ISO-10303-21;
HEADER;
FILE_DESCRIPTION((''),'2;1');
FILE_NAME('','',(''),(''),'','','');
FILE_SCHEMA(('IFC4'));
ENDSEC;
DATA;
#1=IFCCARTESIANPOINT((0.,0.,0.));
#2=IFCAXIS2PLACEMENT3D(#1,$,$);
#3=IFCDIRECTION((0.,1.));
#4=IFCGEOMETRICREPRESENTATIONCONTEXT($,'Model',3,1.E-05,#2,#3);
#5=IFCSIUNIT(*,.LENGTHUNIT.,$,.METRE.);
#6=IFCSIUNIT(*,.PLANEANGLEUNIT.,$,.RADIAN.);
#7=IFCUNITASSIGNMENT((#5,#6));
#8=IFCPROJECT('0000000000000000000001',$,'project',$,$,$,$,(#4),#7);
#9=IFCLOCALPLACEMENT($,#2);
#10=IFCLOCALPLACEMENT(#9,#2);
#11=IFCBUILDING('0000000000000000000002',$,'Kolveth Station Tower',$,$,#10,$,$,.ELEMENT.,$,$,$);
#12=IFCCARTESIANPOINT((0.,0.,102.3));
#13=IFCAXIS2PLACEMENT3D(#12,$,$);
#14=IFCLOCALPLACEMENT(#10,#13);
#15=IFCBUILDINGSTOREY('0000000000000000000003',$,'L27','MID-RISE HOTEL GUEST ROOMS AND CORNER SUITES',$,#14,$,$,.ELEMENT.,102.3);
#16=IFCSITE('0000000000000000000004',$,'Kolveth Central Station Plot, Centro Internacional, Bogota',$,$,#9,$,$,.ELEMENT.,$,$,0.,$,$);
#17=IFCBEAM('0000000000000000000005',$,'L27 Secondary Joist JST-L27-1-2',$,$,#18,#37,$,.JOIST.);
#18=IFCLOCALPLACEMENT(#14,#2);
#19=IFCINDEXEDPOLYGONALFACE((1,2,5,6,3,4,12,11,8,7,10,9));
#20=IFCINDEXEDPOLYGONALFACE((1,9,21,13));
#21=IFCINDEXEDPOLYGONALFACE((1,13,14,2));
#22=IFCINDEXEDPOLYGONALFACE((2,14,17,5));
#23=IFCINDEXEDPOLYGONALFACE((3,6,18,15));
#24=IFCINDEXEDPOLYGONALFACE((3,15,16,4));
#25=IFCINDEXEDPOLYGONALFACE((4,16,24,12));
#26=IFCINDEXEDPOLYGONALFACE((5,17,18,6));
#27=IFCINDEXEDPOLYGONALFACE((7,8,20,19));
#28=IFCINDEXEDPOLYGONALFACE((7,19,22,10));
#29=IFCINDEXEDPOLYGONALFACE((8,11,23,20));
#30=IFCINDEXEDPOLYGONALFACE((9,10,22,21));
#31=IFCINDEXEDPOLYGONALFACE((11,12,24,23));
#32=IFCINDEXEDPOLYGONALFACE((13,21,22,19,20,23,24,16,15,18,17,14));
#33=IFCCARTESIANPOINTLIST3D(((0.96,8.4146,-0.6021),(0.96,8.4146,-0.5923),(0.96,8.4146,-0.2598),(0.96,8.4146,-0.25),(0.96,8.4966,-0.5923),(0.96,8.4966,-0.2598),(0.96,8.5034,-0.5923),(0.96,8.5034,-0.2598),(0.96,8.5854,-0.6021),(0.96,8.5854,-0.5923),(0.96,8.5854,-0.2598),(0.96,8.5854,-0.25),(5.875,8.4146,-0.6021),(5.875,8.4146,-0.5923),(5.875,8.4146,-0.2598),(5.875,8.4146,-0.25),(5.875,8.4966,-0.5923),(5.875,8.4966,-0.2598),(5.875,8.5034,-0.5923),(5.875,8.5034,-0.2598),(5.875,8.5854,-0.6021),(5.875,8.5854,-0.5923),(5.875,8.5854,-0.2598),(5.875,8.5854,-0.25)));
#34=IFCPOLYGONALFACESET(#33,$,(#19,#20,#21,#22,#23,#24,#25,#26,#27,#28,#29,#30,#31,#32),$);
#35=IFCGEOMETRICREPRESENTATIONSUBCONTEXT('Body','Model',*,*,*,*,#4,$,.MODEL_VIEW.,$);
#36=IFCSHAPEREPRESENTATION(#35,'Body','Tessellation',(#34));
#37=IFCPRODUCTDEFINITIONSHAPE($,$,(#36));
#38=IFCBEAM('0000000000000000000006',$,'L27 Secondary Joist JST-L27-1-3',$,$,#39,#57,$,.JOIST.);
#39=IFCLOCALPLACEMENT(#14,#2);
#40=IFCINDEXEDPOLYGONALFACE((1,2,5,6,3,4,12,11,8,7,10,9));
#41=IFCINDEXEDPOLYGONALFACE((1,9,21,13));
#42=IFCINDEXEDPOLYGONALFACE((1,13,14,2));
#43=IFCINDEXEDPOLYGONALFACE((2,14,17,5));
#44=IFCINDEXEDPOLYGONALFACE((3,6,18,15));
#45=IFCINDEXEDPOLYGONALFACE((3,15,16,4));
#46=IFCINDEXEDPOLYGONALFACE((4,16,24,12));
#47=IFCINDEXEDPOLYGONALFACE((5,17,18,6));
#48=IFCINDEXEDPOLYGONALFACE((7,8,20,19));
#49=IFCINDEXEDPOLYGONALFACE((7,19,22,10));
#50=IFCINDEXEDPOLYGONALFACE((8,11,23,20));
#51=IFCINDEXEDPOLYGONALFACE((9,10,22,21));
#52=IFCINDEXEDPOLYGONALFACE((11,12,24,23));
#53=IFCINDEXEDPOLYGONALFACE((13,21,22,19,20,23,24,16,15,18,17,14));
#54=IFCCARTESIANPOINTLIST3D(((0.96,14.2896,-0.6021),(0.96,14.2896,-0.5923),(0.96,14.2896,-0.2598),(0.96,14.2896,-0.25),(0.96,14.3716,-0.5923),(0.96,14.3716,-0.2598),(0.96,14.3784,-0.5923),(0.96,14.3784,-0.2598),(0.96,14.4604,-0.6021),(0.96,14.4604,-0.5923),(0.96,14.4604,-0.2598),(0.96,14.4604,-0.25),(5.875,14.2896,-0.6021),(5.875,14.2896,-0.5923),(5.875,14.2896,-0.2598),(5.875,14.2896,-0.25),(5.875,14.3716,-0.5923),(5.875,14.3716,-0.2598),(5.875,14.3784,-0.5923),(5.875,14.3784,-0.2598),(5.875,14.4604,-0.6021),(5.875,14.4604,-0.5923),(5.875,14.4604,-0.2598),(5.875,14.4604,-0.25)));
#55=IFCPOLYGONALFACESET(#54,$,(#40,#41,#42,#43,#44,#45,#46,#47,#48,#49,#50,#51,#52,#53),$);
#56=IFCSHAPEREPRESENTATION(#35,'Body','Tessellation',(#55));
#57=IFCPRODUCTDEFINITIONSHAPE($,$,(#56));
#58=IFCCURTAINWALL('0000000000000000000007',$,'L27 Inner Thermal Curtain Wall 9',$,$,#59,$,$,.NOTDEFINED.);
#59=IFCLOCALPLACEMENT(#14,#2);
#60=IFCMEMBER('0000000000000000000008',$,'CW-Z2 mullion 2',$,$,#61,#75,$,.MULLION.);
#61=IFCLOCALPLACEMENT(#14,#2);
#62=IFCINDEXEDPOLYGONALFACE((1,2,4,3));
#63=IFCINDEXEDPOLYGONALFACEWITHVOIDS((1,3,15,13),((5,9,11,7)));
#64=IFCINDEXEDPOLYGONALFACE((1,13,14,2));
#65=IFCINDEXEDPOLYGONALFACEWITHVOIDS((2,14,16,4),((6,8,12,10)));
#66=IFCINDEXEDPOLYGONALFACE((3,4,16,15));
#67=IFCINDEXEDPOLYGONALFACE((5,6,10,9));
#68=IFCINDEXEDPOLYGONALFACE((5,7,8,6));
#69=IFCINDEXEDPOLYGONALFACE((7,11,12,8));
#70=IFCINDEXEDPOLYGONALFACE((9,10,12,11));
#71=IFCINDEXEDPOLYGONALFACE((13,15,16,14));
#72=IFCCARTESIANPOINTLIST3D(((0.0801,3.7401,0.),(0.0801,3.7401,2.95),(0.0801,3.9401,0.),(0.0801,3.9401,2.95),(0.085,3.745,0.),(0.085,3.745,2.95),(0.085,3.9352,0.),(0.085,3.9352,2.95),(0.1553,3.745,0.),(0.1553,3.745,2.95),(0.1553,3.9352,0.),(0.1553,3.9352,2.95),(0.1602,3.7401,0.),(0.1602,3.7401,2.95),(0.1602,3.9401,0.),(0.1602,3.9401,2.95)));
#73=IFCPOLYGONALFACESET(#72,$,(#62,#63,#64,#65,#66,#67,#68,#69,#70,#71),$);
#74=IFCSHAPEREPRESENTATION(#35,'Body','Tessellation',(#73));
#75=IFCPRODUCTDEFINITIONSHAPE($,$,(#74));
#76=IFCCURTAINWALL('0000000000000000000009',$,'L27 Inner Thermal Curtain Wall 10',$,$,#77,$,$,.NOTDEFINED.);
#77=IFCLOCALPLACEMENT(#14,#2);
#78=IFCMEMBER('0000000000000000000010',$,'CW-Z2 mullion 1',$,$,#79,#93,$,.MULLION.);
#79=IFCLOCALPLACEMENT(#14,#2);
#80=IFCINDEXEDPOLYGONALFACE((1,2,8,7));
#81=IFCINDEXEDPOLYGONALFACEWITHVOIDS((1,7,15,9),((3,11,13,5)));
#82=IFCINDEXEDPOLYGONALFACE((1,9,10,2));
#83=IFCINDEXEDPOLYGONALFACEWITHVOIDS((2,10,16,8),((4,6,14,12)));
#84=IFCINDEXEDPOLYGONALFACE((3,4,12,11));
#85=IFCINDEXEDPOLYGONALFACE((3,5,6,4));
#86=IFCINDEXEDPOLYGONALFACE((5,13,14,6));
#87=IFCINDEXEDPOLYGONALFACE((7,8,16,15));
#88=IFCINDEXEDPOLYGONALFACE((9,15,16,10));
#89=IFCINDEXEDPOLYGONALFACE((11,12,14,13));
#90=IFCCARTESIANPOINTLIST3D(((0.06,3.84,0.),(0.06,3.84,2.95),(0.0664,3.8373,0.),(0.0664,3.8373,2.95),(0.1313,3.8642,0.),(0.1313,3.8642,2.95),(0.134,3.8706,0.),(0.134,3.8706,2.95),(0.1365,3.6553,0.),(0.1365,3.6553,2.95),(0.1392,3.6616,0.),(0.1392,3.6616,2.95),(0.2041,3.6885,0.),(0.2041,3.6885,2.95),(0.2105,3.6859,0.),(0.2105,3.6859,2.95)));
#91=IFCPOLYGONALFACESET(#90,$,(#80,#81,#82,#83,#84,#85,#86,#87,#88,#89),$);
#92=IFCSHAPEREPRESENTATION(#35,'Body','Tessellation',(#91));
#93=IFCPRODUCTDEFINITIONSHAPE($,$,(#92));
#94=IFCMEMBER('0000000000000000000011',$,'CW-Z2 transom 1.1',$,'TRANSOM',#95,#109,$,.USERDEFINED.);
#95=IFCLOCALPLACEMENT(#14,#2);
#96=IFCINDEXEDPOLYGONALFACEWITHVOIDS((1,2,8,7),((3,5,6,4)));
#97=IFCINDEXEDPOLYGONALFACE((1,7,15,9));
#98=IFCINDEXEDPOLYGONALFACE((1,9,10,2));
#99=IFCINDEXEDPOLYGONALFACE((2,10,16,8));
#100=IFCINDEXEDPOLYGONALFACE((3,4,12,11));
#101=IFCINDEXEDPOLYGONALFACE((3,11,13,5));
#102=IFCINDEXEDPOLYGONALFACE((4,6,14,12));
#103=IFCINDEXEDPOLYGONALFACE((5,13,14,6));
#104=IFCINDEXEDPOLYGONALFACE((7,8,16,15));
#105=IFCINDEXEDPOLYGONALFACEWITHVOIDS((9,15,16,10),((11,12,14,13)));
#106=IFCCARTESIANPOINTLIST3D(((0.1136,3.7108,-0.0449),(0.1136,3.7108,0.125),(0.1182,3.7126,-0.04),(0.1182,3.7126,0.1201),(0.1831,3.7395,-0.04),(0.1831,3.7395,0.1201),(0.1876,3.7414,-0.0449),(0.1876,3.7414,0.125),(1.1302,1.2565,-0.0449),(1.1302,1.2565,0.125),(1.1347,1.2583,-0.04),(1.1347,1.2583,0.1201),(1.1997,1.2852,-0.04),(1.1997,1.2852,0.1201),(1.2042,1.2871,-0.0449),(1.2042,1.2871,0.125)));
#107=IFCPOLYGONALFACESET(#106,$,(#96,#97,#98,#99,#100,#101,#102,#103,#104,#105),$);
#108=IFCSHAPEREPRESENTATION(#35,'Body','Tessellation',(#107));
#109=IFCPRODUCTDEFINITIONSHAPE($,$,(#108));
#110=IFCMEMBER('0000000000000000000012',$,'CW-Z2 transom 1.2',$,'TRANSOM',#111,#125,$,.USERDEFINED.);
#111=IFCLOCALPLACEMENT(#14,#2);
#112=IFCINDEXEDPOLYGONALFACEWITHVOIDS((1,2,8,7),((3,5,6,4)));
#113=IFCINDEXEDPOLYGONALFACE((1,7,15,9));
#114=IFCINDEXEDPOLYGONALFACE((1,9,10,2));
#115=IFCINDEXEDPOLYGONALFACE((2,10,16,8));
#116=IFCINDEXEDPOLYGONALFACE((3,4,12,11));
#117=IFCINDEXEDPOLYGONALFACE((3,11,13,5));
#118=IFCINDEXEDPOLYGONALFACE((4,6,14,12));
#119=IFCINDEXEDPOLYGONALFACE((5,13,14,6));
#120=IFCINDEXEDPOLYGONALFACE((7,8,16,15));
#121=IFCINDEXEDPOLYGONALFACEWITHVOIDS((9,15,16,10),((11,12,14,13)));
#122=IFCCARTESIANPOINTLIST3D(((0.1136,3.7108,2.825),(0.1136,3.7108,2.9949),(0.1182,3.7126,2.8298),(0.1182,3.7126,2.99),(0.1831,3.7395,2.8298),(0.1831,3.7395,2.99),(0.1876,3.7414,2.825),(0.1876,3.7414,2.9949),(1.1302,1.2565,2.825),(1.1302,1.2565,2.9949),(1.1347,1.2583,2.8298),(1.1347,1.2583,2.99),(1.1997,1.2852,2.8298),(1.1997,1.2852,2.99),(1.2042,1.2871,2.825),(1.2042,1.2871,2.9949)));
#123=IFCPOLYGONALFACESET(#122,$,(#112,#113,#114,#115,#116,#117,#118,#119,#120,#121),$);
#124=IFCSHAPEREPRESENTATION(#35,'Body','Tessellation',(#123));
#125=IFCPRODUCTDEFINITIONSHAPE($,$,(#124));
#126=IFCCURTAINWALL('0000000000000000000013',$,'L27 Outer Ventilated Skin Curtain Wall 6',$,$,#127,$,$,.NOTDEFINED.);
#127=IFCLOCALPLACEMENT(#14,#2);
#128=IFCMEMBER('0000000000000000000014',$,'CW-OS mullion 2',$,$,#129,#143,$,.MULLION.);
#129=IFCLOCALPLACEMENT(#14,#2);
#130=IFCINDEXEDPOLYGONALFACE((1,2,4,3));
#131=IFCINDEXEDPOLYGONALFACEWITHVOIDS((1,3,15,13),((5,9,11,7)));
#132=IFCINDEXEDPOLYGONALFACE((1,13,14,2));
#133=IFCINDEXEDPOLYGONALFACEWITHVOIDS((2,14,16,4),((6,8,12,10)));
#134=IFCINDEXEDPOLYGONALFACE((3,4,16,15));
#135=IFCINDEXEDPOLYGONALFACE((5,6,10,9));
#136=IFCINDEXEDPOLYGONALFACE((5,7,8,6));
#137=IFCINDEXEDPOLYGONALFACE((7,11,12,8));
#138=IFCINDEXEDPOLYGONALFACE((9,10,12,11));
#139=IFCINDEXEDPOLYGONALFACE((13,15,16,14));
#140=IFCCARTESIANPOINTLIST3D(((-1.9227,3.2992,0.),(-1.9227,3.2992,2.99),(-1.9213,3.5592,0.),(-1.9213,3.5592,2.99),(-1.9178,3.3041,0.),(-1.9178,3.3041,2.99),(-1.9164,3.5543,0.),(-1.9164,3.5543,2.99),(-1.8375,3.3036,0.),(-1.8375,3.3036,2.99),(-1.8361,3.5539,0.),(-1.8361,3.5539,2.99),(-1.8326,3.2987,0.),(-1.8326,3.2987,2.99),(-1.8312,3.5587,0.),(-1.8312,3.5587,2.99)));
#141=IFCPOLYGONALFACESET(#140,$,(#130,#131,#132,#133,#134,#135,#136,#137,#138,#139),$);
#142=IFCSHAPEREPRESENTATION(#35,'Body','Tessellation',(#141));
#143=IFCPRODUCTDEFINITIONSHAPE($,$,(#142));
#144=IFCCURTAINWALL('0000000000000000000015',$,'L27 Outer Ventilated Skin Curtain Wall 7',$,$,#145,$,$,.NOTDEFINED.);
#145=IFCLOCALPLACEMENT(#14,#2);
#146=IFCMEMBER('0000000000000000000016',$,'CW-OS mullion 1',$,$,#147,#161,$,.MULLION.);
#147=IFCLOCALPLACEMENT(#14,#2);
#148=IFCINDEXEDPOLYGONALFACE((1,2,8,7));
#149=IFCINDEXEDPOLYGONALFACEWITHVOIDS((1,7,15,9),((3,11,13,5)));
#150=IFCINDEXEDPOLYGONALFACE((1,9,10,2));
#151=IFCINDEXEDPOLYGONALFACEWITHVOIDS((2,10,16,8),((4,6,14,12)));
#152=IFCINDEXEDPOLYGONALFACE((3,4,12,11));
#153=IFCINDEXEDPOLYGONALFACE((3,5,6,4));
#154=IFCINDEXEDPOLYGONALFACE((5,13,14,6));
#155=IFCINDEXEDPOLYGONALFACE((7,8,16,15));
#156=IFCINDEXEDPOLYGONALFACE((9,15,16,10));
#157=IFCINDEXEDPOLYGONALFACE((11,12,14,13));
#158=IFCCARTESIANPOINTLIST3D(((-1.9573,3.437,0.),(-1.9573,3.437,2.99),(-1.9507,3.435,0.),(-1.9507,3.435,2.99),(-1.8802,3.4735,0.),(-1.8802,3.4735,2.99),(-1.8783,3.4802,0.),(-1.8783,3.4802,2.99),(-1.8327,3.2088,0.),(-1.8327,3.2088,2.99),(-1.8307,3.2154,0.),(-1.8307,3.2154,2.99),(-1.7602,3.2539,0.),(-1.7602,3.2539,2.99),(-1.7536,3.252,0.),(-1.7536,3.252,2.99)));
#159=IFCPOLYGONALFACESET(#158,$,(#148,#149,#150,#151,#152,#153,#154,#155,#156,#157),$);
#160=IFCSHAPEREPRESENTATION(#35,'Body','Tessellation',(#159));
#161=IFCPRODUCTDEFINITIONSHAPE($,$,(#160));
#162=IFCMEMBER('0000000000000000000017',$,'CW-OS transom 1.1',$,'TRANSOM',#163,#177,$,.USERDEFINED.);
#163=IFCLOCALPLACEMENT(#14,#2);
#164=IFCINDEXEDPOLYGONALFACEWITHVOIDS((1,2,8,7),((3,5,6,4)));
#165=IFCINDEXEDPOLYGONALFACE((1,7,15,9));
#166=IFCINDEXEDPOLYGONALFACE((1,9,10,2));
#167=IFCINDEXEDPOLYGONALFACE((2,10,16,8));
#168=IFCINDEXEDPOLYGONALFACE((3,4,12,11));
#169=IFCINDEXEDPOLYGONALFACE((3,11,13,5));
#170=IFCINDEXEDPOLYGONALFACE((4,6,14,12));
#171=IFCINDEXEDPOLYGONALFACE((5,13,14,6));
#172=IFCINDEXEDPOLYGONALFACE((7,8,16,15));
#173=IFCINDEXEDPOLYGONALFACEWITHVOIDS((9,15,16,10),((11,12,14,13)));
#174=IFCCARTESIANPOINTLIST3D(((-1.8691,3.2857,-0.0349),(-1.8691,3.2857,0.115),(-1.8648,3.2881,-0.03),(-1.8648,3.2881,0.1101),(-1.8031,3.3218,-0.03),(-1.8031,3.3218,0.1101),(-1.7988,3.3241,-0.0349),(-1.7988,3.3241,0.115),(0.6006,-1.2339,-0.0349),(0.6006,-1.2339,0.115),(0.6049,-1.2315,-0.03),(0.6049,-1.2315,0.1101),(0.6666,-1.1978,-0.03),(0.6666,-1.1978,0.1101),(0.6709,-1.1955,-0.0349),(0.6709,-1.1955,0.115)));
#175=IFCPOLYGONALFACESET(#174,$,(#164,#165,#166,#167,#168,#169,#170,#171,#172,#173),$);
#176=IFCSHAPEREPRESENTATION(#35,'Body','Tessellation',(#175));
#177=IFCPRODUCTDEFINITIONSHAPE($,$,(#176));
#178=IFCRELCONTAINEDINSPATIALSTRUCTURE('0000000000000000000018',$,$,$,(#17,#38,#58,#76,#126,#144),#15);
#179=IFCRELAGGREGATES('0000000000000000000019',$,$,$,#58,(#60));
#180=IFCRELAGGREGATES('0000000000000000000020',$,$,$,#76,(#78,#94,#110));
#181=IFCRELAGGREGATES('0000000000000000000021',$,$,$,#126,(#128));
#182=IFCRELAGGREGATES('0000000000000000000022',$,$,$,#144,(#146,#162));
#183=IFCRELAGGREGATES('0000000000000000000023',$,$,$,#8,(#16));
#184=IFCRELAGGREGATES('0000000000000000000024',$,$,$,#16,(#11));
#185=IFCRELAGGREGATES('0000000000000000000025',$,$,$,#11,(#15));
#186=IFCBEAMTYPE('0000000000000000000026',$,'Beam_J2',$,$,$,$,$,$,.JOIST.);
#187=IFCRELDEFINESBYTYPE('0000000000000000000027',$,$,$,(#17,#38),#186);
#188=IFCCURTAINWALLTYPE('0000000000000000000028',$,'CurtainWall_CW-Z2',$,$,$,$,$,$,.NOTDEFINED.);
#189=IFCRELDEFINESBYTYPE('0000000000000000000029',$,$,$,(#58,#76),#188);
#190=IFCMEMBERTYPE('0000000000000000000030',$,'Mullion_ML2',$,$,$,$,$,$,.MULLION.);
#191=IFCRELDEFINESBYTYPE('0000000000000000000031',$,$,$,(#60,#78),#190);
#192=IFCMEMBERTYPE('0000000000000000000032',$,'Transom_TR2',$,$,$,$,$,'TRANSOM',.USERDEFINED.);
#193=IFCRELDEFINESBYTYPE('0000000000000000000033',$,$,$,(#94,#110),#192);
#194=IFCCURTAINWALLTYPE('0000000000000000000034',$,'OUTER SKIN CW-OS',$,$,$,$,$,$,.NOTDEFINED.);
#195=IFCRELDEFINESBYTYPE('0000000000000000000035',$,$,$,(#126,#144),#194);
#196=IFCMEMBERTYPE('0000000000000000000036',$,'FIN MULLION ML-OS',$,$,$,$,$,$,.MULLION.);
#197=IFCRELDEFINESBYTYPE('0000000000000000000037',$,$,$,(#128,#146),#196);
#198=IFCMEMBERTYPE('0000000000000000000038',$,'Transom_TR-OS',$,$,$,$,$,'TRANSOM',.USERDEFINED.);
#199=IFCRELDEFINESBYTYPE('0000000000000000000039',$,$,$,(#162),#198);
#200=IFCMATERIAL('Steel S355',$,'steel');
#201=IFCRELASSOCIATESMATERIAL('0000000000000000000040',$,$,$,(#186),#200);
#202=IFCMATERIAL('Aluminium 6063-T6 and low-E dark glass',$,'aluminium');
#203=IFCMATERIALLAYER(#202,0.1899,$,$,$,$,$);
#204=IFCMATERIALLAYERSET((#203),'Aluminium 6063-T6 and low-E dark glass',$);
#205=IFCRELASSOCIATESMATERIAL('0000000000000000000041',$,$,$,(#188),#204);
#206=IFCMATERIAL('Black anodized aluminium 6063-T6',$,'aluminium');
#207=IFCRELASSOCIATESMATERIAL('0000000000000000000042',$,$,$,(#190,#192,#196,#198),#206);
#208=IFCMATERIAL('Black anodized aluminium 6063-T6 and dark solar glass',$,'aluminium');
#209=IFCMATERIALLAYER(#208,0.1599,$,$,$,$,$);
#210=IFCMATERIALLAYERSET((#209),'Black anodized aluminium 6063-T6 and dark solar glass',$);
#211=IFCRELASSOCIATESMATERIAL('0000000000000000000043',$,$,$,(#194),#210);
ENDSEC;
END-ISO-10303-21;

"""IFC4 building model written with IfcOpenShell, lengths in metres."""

from ifc_helpers import new_model, si_unit, direction, frame, origin, origin_2d, place, context, subcontext, project, spatial, hollow_rectangle, i_section, extrude, source, transform, mapped, material, layer, layer_set, material_profile, profile_set, type_object, element, aggregate, save


model = new_model("IFC4")

# Units and contexts
model_context = context("Model", 3, precision=1e-05, world=origin(), true_north=direction((0.0, 1.0)))
body_context = subcontext(model_context, "Body", "Model", "MODEL_VIEW")
ifc_project = project(units=[si_unit("LENGTHUNIT", "METRE"), si_unit("PLANEANGLEUNIT", "RADIAN")], contexts=[model_context])

# Site, building, storey
site_placement = place(None, origin())
site = spatial("IfcSite", under=ifc_project, at=site_placement, Name="Kolveth Central Station Plot, Centro Internacional, Bogota", CompositionType="ELEMENT", RefElevation=0.0)
building_placement = place(site_placement, origin())
building = spatial("IfcBuilding", under=site, at=building_placement, Name="Kolveth Station Tower", CompositionType="ELEMENT")
storey_placement = place(building_placement, frame((0.0, 0.0, 102.3)))
storey = spatial("IfcBuildingStorey", under=building, at=storey_placement, Name="L27", Description="MID-RISE HOTEL GUEST ROOMS AND CORNER SUITES", CompositionType="ELEMENT", Elevation=102.3)

# Beams
ifc_material_1 = material(Name="Steel S355", Category="steel")
ifc_material_profile_1 = material_profile(ifc_material_1, i_section(OverallWidth=0.1709, OverallDepth=0.3521, WebThickness=0.0068, FlangeThickness=0.0098, at=origin_2d()), Name="W360x44")
ifc_profile_set_1 = profile_set([ifc_material_profile_1], Name="Steel S355")
beam_type_1 = type_object("IfcBeamType", Name="Beam_J2", PredefinedType="JOIST", material=ifc_profile_set_1)
shared_shape_1 = source(origin(), body_context, "Body", "SweptSolid", [
    extrude(i_section(OverallWidth=0.1709, OverallDepth=0.3521, WebThickness=0.0068, FlangeThickness=0.0098, at=origin_2d()), origin(), (0.0, 0.0, 1.0), 4.915),
])
for number, where, z_axis, x_axis, name in (
    (1, (0.96, 8.5, -0.426), (1.0, 0.0, 0.0), (0.0, 1.0, 0.0), "L27 Secondary Joist JST-L27-1-2"),
    (2, (0.96, 14.375, -0.426), (1.0, 0.0, 0.0), (0.0, 1.0, 0.0), "L27 Secondary Joist JST-L27-1-3"),
):
    element("IfcBeam", number, at=place(storey_placement, frame(where, z_axis=z_axis, x_axis=x_axis)), inside=storey, type_object=beam_type_1, Name=name, PredefinedType="JOIST", context=body_context, shape_type="MappedRepresentation", body=[
        mapped(shared_shape_1, transform((0.0, 0.0, 0.0), x_axis=(1.0, 0.0, 0.0), y_axis=(0.0, 1.0, 0.0), z_axis=(0.0, 0.0, 1.0), scale=1.0)),
    ])

# Curtain wall, member
ifc_material_2 = material(Name="Aluminium 6063-T6 and low-E dark glass", Category="aluminium")
ifc_layer_1 = layer(ifc_material_2, 0.1899)
ifc_layer_set_1 = layer_set([ifc_layer_1], Name="Aluminium 6063-T6 and low-E dark glass")
curtain_wall_type_1 = type_object("IfcCurtainWallType", Name="CurtainWall_CW-Z2", PredefinedType="NOTDEFINED", material=ifc_layer_set_1)
curtain_wall_1_placement = place(storey_placement, origin())
curtain_wall_1 = element("IfcCurtainWall", 3, at=curtain_wall_1_placement, inside=storey, type_object=curtain_wall_type_1, Name="L27 Inner Thermal Curtain Wall 9", PredefinedType="NOTDEFINED")
ifc_material_3 = material(Name="Black anodized aluminium 6063-T6", Category="aluminium")
ifc_material_profile_2 = material_profile(ifc_material_3, hollow_rectangle(XDim=0.0801, YDim=0.2, WallThickness=0.0049, at=origin_2d()), Name="ALU-80x200x5")
ifc_profile_set_2 = profile_set([ifc_material_profile_2], Name="Black anodized aluminium 6063-T6")
member_type_1 = type_object("IfcMemberType", Name="Mullion_ML2", PredefinedType="MULLION", material=ifc_profile_set_2)
shared_shape_2 = source(origin(), body_context, "Body", "SweptSolid", [
    extrude(hollow_rectangle(XDim=0.0801, YDim=0.2, WallThickness=0.0049, at=origin_2d()), origin(), (0.0, 0.0, 1.0), 2.95),
])
member_1_placement = place(storey_placement, frame((0.1201, 3.8401, 0.0), z_axis=(0.0, 0.0, 1.0), x_axis=(1.0, 0.0, 0.0)))
member_1 = element("IfcMember", 4, at=member_1_placement, type_object=member_type_1, Name="CW-Z2 mullion 2", PredefinedType="MULLION", context=body_context, shape_type="MappedRepresentation", body=[
    mapped(shared_shape_2, transform((0.0, 0.0, 0.0), x_axis=(1.0, 0.0, 0.0), y_axis=(0.0, 1.0, 0.0), z_axis=(0.0, 0.0, 1.0), scale=1.0)),
])
aggregate(curtain_wall_1, [member_1])

# Curtain wall, members
curtain_wall_2_placement = place(storey_placement, origin())
curtain_wall_2 = element("IfcCurtainWall", 5, at=curtain_wall_2_placement, inside=storey, type_object=curtain_wall_type_1, Name="L27 Inner Thermal Curtain Wall 10", PredefinedType="NOTDEFINED")
member_2_placement = place(storey_placement, frame((0.1353, 3.7629, 0.0), z_axis=(0.0, 0.0, 1.0), x_axis=(0.923888, 0.382663, 0.0)))
member_2 = element("IfcMember", 6, at=member_2_placement, type_object=member_type_1, Name="CW-Z2 mullion 1", PredefinedType="MULLION", context=body_context, shape_type="MappedRepresentation", body=[
    mapped(shared_shape_2, transform((0.0, 0.0, 0.0), x_axis=(1.0, 0.0, 0.0), y_axis=(0.0, 1.0, 0.0), z_axis=(0.0, 0.0, 1.0), scale=1.0)),
])
ifc_material_profile_3 = material_profile(ifc_material_3, hollow_rectangle(XDim=0.0801, YDim=0.1699, WallThickness=0.0049, at=origin_2d()), Name="ALU-80x170x5")
ifc_profile_set_3 = profile_set([ifc_material_profile_3], Name="Black anodized aluminium 6063-T6")
member_type_2 = type_object("IfcMemberType", Name="Transom_TR2", ElementType="TRANSOM", PredefinedType="USERDEFINED", material=ifc_profile_set_3)
shared_shape_3 = source(origin(), body_context, "Body", "SweptSolid", [
    extrude(hollow_rectangle(XDim=0.0801, YDim=0.1699, WallThickness=0.0049, at=origin_2d()), origin(), (0.0, 0.0, 1.0), 2.6565),
])
member_3_placement = place(storey_placement, frame((0.1506, 3.7261, 0.04), z_axis=(0.382676, -0.923882, 0.0), x_axis=(0.923882, 0.382676, 0.0)))
member_3 = element("IfcMember", 7, at=member_3_placement, type_object=member_type_2, Name="CW-Z2 transom 1.1", ObjectType="TRANSOM", PredefinedType="USERDEFINED", context=body_context, shape_type="MappedRepresentation", body=[
    mapped(shared_shape_3, transform((0.0, 0.0, 0.0), x_axis=(1.0, 0.0, 0.0), y_axis=(0.0, 1.0, 0.0), z_axis=(0.0, 0.0, 1.0), scale=1.0)),
])
member_4_placement = place(storey_placement, frame((0.1506, 3.7261, 2.9099), z_axis=(0.382676, -0.923882, 0.0), x_axis=(0.923882, 0.382676, 0.0)))
member_4 = element("IfcMember", 8, at=member_4_placement, type_object=member_type_2, Name="CW-Z2 transom 1.2", ObjectType="TRANSOM", PredefinedType="USERDEFINED", context=body_context, shape_type="MappedRepresentation", body=[
    mapped(shared_shape_3, transform((0.0, 0.0, 0.0), x_axis=(1.0, 0.0, 0.0), y_axis=(0.0, 1.0, 0.0), z_axis=(0.0, 0.0, 1.0), scale=1.0)),
])
aggregate(curtain_wall_2, [member_2, member_3, member_4])

# Curtain wall, member
ifc_material_4 = material(Name="Black anodized aluminium 6063-T6 and dark solar glass", Category="aluminium")
ifc_layer_2 = layer(ifc_material_4, 0.1599)
ifc_layer_set_2 = layer_set([ifc_layer_2], Name="Black anodized aluminium 6063-T6 and dark solar glass")
curtain_wall_type_2 = type_object("IfcCurtainWallType", Name="OUTER SKIN CW-OS", PredefinedType="NOTDEFINED", material=ifc_layer_set_2)
curtain_wall_3_placement = place(storey_placement, origin())
curtain_wall_3 = element("IfcCurtainWall", 9, at=curtain_wall_3_placement, inside=storey, type_object=curtain_wall_type_2, Name="L27 Outer Ventilated Skin Curtain Wall 6", PredefinedType="NOTDEFINED")
ifc_material_profile_4 = material_profile(ifc_material_3, hollow_rectangle(XDim=0.0901, YDim=0.26, WallThickness=0.0049, at=origin_2d()), Name="ALU-90x260x5")
ifc_profile_set_4 = profile_set([ifc_material_profile_4], Name="Black anodized aluminium 6063-T6")
member_type_3 = type_object("IfcMemberType", Name="FIN MULLION ML-OS", PredefinedType="MULLION", material=ifc_profile_set_4)
shared_shape_4 = source(origin(), body_context, "Body", "SweptSolid", [
    extrude(hollow_rectangle(XDim=0.0901, YDim=0.26, WallThickness=0.0049, at=origin_2d()), origin(), (0.0, 0.0, 1.0), 2.99),
])
member_5_placement = place(storey_placement, frame((-1.877, 3.429, 0.0), z_axis=(0.0, 0.0, 1.0), x_axis=(0.999985, -0.005464, 0.0)))
member_5 = element("IfcMember", 10, at=member_5_placement, type_object=member_type_3, Name="CW-OS mullion 2", PredefinedType="MULLION", context=body_context, shape_type="MappedRepresentation", body=[
    mapped(shared_shape_4, transform((0.0, 0.0, 0.0), x_axis=(1.0, 0.0, 0.0), y_axis=(0.0, 1.0, 0.0), z_axis=(0.0, 0.0, 1.0), scale=1.0)),
])
aggregate(curtain_wall_3, [member_5])

# Curtain wall, members
curtain_wall_4_placement = place(storey_placement, origin())
curtain_wall_4 = element("IfcCurtainWall", 11, at=curtain_wall_4_placement, inside=storey, type_object=curtain_wall_type_2, Name="L27 Outer Ventilated Skin Curtain Wall 7", PredefinedType="NOTDEFINED")
member_6_placement = place(storey_placement, frame((-1.8555, 3.3445, 0.0), z_axis=(0.0, 0.0, 1.0), x_axis=(0.877542, 0.4795, 0.0)))
member_6 = element("IfcMember", 12, at=member_6_placement, type_object=member_type_3, Name="CW-OS mullion 1", PredefinedType="MULLION", context=body_context, shape_type="MappedRepresentation", body=[
    mapped(shared_shape_4, transform((0.0, 0.0, 0.0), x_axis=(1.0, 0.0, 0.0), y_axis=(0.0, 1.0, 0.0), z_axis=(0.0, 0.0, 1.0), scale=1.0)),
])
ifc_material_profile_5 = material_profile(ifc_material_3, hollow_rectangle(XDim=0.0801, YDim=0.1499, WallThickness=0.0049, at=origin_2d()), Name="ALU-80x150x5")
ifc_profile_set_5 = profile_set([ifc_material_profile_5], Name="Black anodized aluminium 6063-T6")
member_type_4 = type_object("IfcMemberType", Name="Transom_TR-OS", ElementType="TRANSOM", PredefinedType="USERDEFINED", material=ifc_profile_set_5)
shared_shape_5 = source(origin(), body_context, "Body", "SweptSolid", [
    extrude(hollow_rectangle(XDim=0.0801, YDim=0.1499, WallThickness=0.0049, at=origin_2d()), origin(), (0.0, 0.0, 1.0), 5.1504),
])
member_7_placement = place(storey_placement, frame((-1.834, 3.3049, 0.04), z_axis=(0.47953, -0.877526, 0.0), x_axis=(0.877526, 0.47953, 0.0)))
member_7 = element("IfcMember", 13, at=member_7_placement, type_object=member_type_4, Name="CW-OS transom 1.1", ObjectType="TRANSOM", PredefinedType="USERDEFINED", context=body_context, shape_type="MappedRepresentation", body=[
    mapped(shared_shape_5, transform((0.0, 0.0, 0.0), x_axis=(1.0, 0.0, 0.0), y_axis=(0.0, 1.0, 0.0), z_axis=(0.0, 0.0, 1.0), scale=1.0)),
])
aggregate(curtain_wall_4, [member_6, member_7])

save(model, "model.ifc")
